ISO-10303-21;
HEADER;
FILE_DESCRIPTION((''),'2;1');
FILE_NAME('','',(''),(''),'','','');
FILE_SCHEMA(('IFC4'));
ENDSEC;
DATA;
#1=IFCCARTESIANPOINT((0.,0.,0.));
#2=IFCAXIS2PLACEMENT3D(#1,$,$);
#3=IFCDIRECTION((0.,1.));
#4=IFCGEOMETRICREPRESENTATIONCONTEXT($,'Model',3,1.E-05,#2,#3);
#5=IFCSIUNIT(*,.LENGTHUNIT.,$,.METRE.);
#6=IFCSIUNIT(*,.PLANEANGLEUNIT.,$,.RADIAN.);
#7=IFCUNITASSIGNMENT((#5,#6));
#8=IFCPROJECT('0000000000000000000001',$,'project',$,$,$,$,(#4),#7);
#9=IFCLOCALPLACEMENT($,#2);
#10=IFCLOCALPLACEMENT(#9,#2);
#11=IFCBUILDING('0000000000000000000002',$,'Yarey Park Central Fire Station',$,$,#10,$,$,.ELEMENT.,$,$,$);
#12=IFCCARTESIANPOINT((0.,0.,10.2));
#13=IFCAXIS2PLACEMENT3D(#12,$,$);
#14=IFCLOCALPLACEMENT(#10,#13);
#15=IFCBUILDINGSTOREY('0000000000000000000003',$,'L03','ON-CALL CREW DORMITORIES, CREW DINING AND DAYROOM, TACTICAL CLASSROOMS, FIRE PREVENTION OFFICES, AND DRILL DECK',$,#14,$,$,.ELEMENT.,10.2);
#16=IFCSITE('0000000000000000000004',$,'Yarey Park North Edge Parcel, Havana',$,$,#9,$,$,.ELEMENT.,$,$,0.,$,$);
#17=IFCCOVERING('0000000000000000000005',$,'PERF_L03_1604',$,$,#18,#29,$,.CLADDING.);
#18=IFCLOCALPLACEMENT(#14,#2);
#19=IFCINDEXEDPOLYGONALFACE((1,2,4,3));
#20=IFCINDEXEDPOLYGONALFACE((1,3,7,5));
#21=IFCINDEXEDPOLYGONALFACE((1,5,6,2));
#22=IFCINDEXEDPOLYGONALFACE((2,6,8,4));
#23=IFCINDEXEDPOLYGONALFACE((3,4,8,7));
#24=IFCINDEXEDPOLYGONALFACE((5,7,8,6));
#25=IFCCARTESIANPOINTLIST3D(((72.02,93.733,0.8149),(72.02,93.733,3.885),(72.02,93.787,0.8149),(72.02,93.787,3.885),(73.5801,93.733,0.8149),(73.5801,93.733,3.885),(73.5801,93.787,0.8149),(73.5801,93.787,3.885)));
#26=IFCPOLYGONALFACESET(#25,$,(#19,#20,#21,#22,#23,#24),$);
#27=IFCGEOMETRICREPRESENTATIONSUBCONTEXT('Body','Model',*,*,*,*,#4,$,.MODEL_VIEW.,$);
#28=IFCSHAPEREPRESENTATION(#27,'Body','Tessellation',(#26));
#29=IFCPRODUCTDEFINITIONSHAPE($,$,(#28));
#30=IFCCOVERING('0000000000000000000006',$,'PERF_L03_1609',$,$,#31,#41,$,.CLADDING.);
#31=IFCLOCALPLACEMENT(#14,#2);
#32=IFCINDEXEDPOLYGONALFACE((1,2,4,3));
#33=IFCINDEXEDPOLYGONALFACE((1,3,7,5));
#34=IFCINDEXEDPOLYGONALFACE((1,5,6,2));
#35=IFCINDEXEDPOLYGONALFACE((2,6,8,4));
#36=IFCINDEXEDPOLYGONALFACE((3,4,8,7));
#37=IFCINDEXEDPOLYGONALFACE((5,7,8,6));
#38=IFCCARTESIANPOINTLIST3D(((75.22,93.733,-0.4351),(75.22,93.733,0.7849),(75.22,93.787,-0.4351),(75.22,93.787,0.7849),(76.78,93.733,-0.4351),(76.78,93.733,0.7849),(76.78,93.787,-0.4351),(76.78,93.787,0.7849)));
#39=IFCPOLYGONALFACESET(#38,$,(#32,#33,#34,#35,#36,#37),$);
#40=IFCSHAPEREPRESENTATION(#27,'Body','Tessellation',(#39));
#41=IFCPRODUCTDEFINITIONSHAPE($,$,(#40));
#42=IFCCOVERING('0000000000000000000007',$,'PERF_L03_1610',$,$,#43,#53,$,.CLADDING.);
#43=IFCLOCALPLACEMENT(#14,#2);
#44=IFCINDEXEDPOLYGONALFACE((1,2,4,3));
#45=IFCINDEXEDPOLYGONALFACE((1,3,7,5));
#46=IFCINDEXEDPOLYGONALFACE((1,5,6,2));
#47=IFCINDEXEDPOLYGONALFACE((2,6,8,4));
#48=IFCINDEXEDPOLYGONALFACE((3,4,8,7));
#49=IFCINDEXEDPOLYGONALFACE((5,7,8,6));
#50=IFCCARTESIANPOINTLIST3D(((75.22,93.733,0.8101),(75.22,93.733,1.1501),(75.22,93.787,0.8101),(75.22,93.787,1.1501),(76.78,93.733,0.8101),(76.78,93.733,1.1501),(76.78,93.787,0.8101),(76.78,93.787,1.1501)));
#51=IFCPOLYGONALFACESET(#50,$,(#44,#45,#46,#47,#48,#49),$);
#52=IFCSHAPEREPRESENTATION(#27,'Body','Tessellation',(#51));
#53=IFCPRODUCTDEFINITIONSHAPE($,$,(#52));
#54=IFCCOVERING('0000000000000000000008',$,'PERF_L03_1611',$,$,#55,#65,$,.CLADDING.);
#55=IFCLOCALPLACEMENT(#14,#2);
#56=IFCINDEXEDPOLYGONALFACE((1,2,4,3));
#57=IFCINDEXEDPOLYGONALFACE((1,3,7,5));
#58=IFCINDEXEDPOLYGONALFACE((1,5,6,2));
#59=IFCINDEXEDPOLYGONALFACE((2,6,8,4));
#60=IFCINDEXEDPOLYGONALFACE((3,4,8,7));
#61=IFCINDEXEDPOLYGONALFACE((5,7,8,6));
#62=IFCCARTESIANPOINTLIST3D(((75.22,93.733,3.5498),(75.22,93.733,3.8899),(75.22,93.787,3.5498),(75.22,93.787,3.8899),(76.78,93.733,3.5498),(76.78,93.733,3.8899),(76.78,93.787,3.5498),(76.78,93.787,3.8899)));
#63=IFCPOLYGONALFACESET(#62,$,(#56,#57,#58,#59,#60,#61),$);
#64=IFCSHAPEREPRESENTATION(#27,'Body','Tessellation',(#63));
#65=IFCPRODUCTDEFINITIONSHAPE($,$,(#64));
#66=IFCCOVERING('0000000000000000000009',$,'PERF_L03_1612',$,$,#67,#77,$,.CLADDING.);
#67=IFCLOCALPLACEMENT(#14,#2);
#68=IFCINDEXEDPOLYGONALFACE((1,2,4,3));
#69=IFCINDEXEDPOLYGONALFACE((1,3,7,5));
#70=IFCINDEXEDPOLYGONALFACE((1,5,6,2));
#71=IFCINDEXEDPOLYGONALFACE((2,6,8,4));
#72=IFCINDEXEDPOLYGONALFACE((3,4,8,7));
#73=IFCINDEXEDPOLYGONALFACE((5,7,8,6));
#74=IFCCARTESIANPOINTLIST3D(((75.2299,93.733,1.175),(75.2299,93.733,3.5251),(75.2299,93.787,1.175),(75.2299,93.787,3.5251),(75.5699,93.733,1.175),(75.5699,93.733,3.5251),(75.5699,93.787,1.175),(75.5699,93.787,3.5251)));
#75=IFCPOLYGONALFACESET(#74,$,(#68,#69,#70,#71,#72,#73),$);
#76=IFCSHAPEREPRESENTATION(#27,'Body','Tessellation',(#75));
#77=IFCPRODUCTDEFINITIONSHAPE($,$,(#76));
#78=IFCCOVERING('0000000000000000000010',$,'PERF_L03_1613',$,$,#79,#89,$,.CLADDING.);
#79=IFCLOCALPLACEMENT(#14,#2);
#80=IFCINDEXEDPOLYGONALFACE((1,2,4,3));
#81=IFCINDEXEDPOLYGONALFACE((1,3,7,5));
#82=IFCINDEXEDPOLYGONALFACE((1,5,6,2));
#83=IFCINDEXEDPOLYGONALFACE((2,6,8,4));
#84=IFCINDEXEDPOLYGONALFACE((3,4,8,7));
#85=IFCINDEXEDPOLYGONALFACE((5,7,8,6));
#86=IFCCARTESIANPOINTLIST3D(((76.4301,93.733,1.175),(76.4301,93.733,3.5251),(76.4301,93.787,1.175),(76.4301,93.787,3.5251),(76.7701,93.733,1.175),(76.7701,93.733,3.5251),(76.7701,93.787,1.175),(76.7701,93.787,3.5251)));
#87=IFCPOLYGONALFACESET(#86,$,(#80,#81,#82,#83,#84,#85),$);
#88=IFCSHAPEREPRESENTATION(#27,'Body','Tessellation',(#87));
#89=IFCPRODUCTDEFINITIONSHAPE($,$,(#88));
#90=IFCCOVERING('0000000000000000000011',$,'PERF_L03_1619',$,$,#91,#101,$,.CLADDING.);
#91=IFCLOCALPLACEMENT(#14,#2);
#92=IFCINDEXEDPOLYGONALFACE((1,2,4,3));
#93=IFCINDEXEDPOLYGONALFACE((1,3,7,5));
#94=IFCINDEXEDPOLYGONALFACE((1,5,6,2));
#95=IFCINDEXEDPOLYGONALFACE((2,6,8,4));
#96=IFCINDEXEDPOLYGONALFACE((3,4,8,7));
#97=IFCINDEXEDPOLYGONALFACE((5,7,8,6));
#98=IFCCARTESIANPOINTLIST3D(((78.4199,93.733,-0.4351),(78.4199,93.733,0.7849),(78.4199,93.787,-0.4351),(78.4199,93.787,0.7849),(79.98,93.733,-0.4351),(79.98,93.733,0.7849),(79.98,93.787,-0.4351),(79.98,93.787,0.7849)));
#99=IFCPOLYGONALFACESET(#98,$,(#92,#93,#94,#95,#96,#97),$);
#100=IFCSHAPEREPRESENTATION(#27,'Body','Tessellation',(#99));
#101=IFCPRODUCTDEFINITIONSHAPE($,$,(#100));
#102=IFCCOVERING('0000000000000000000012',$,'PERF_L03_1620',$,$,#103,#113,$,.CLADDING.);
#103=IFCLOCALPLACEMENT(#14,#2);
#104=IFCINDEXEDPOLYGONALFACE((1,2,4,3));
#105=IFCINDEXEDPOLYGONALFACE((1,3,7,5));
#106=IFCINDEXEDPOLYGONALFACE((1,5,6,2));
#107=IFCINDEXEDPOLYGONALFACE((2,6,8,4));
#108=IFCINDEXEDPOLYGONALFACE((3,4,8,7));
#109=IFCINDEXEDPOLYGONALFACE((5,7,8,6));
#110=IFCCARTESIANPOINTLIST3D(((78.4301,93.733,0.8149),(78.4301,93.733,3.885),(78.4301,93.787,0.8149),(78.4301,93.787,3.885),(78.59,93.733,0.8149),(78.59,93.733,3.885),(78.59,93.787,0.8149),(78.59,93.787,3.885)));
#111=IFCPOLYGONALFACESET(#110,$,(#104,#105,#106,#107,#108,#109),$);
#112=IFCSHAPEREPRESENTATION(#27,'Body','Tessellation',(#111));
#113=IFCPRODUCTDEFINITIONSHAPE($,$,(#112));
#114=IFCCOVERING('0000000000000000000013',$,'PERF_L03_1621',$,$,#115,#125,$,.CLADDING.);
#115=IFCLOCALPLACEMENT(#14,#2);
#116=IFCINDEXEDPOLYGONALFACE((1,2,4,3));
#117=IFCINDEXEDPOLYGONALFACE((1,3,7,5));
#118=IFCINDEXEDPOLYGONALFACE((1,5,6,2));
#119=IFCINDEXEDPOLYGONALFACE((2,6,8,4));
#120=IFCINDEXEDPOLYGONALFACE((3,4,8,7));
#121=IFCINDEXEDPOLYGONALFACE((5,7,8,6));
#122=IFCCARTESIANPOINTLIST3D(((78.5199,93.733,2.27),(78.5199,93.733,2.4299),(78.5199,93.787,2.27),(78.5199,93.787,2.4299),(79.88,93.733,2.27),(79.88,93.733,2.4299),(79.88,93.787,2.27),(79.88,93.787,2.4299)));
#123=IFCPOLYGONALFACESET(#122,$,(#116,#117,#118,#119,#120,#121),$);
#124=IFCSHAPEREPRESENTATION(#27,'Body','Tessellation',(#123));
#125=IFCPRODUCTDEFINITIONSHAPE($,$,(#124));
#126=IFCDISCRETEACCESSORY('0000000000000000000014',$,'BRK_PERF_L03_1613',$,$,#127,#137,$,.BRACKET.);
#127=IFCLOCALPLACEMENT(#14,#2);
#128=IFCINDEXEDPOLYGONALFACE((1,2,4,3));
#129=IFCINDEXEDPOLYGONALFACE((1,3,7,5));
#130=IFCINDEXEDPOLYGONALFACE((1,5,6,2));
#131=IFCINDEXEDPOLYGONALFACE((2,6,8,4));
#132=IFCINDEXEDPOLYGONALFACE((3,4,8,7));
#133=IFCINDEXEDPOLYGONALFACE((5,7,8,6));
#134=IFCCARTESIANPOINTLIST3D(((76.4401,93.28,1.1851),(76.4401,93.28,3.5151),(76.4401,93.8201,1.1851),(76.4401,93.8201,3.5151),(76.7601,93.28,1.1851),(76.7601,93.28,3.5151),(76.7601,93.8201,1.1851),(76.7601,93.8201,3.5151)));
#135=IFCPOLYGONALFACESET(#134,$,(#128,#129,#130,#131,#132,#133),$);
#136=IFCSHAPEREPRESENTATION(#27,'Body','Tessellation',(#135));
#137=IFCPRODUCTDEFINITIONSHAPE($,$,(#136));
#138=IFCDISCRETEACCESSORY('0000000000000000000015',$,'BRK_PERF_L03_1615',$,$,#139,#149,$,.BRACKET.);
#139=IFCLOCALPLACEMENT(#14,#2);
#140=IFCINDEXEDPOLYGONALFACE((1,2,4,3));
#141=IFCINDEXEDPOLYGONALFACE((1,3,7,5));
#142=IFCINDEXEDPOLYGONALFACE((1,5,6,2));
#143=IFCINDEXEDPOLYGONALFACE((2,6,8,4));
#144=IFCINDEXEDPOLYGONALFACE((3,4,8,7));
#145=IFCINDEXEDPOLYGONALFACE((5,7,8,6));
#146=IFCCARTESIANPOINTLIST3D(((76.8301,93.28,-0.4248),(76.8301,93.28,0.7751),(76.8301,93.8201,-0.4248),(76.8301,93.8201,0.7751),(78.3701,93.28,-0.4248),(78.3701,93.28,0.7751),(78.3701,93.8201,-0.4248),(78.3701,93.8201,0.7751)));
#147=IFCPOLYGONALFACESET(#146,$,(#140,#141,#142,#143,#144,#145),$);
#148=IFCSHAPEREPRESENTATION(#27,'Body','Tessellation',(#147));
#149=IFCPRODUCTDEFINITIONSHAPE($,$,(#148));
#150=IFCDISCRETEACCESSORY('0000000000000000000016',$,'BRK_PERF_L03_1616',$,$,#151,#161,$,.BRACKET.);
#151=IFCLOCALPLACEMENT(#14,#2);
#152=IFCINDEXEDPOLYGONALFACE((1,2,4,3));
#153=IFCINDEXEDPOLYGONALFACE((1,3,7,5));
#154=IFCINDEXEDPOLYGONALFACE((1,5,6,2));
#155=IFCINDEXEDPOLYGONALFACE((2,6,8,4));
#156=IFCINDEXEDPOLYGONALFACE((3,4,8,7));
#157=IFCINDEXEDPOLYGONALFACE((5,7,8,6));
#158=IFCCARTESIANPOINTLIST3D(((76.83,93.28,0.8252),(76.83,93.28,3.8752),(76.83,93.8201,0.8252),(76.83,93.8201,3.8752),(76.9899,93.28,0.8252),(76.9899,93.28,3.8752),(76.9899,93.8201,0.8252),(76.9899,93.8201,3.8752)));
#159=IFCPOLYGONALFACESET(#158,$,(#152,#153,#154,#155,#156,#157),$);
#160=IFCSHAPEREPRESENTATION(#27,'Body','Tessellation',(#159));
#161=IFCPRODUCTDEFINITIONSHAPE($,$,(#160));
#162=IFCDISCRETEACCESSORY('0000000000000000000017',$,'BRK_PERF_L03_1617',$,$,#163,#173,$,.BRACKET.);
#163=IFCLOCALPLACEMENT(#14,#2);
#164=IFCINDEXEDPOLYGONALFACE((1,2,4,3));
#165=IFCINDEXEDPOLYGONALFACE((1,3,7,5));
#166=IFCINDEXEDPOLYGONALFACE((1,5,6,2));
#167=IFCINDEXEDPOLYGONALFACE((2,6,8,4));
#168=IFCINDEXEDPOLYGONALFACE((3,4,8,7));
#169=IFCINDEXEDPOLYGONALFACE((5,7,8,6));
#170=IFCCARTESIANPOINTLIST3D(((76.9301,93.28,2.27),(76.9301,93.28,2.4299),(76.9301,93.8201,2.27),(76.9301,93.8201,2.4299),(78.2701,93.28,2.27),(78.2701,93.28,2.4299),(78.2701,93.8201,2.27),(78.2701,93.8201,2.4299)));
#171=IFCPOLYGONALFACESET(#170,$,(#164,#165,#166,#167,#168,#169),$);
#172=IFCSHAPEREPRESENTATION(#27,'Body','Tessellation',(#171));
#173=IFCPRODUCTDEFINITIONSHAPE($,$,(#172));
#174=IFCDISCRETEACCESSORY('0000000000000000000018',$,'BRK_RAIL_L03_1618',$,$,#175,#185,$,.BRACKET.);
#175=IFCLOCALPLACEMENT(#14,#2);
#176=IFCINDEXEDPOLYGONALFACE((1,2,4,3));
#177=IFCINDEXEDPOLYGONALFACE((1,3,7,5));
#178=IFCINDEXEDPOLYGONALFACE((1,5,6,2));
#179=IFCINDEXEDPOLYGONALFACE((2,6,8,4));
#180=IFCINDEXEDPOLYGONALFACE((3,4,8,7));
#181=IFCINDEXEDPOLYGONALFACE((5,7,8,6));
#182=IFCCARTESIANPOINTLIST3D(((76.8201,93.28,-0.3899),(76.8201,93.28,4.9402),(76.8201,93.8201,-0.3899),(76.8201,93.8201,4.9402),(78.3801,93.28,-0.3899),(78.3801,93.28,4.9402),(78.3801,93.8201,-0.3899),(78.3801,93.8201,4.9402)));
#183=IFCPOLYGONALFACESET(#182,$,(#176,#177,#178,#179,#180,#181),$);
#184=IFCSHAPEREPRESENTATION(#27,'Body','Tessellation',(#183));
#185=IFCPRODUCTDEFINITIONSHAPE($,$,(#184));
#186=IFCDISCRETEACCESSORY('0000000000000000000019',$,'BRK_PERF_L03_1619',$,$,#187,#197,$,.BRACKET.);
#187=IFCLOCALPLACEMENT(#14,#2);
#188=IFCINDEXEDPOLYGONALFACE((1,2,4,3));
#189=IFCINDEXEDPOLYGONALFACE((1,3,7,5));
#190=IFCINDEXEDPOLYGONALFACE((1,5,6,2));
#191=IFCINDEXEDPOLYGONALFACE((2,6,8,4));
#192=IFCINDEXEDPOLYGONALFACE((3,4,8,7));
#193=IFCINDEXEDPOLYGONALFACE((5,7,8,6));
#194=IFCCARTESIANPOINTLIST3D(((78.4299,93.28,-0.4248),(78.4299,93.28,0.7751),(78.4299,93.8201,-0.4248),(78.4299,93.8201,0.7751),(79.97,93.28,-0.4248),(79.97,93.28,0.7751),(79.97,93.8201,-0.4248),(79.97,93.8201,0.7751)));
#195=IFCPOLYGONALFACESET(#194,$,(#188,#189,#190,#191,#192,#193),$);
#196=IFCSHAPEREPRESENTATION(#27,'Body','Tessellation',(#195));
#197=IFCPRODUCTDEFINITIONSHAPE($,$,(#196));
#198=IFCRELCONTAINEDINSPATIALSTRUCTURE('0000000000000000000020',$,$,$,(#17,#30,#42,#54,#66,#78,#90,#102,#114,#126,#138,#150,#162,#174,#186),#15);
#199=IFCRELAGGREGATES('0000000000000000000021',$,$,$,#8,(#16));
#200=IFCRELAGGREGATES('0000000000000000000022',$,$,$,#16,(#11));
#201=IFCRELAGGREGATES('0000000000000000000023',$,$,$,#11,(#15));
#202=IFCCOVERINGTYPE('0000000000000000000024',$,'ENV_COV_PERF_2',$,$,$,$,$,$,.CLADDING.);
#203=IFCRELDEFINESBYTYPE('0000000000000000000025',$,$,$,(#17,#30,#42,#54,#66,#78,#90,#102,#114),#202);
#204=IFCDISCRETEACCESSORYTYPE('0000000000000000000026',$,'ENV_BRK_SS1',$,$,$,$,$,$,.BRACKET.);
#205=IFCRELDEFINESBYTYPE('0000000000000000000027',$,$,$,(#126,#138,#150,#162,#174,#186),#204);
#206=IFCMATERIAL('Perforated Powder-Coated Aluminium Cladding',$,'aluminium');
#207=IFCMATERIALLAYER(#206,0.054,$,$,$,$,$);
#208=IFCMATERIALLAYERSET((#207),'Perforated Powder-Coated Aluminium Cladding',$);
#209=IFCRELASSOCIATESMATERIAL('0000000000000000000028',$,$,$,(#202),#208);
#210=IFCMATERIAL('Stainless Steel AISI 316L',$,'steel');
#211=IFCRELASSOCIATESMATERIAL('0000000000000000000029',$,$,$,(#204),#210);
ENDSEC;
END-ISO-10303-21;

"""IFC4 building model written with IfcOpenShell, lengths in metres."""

from ifc_helpers import new_model, si_unit, direction, frame, origin, origin_2d, place, context, subcontext, project, spatial, rectangle, extrude, material, layer, layer_set, type_object, element, save


model = new_model("IFC4")

# Units and contexts
model_context = context("Model", 3, precision=1e-05, world=origin(), true_north=direction((0.0, 1.0)))
body_context = subcontext(model_context, "Body", "Model", "MODEL_VIEW")
ifc_project = project(units=[si_unit("LENGTHUNIT", "METRE"), si_unit("PLANEANGLEUNIT", "RADIAN")], contexts=[model_context])

# Site, building, storey
site_placement = place(None, origin())
site = spatial("IfcSite", under=ifc_project, at=site_placement, Name="Yarey Park North Edge Parcel, Havana", CompositionType="ELEMENT", RefElevation=0.0)
building_placement = place(site_placement, origin())
building = spatial("IfcBuilding", under=site, at=building_placement, Name="Yarey Park Central Fire Station", CompositionType="ELEMENT")
storey_placement = place(building_placement, frame((0.0, 0.0, 10.2)))
storey = spatial("IfcBuildingStorey", under=building, at=storey_placement, Name="L03", Description="ON-CALL CREW DORMITORIES, CREW DINING AND DAYROOM, TACTICAL CLASSROOMS, FIRE PREVENTION OFFICES, AND DRILL DECK", CompositionType="ELEMENT", Elevation=10.2)

# Coverings
ifc_material_1 = material(Name="Perforated Powder-Coated Aluminium Cladding", Category="aluminium")
ifc_layer_1 = layer(ifc_material_1, 0.054)
ifc_layer_set_1 = layer_set([ifc_layer_1], Name="Perforated Powder-Coated Aluminium Cladding")
covering_type_1 = type_object("IfcCoveringType", Name="ENV_COV_PERF_2", PredefinedType="CLADDING", material=ifc_layer_set_1)
covering_1_placement = place(storey_placement, frame((72.8, 93.76, 0.8149), z_axis=(0.0, 0.0, 1.0), x_axis=(1.0, 0.0, 0.0)))
element("IfcCovering", 1, at=covering_1_placement, inside=storey, type_object=covering_type_1, Name="PERF_L03_1604", PredefinedType="CLADDING", context=body_context, shape_type="SweptSolid", body=[
    extrude(rectangle(XDim=1.5601, YDim=0.054, at=origin_2d()), origin(), (0.0, 0.0, 1.0), 3.0701),
])
covering_2_placement = place(storey_placement, frame((76.0, 93.76, -0.4351), z_axis=(0.0, 0.0, 1.0), x_axis=(1.0, 0.0, 0.0)))
element("IfcCovering", 2, at=covering_2_placement, inside=storey, type_object=covering_type_1, Name="PERF_L03_1609", PredefinedType="CLADDING", context=body_context, shape_type="SweptSolid", body=[
    extrude(rectangle(XDim=1.5601, YDim=0.054, at=origin_2d()), origin(), (0.0, 0.0, 1.0), 1.22),
])
for number, where, z_axis, x_axis, name in (
    (3, (76.0, 93.76, 0.8101), (0.0, 0.0, 1.0), (1.0, 0.0, 0.0), "PERF_L03_1610"),
    (4, (76.0, 93.76, 3.5498), (0.0, 0.0, 1.0), (1.0, 0.0, 0.0), "PERF_L03_1611"),
):
    element("IfcCovering", number, at=place(storey_placement, frame(where, z_axis=z_axis, x_axis=x_axis)), inside=storey, type_object=covering_type_1, Name=name, PredefinedType="CLADDING", context=body_context, shape_type="SweptSolid", body=[
        extrude(rectangle(XDim=1.5601, YDim=0.054, at=origin_2d()), origin(), (0.0, 0.0, 1.0), 0.3401),
    ])
for number, where, z_axis, x_axis, name in (
    (5, (75.3999, 93.76, 1.175), (0.0, 0.0, 1.0), (1.0, 0.0, 0.0), "PERF_L03_1612"),
    (6, (76.6001, 93.76, 1.175), (0.0, 0.0, 1.0), (1.0, 0.0, 0.0), "PERF_L03_1613"),
):
    element("IfcCovering", number, at=place(storey_placement, frame(where, z_axis=z_axis, x_axis=x_axis)), inside=storey, type_object=covering_type_1, Name=name, PredefinedType="CLADDING", context=body_context, shape_type="SweptSolid", body=[
        extrude(rectangle(XDim=0.3401, YDim=0.054, at=origin_2d()), origin(), (0.0, 0.0, 1.0), 2.3501),
    ])
covering_3_placement = place(storey_placement, frame((79.2, 93.76, -0.4351), z_axis=(0.0, 0.0, 1.0), x_axis=(1.0, 0.0, 0.0)))
element("IfcCovering", 7, at=covering_3_placement, inside=storey, type_object=covering_type_1, Name="PERF_L03_1619", PredefinedType="CLADDING", context=body_context, shape_type="SweptSolid", body=[
    extrude(rectangle(XDim=1.5601, YDim=0.054, at=origin_2d()), origin(), (0.0, 0.0, 1.0), 1.22),
])
covering_4_placement = place(storey_placement, frame((78.51, 93.76, 0.8149), z_axis=(0.0, 0.0, 1.0), x_axis=(1.0, 0.0, 0.0)))
element("IfcCovering", 8, at=covering_4_placement, inside=storey, type_object=covering_type_1, Name="PERF_L03_1620", PredefinedType="CLADDING", context=body_context, shape_type="SweptSolid", body=[
    extrude(rectangle(XDim=0.1599, YDim=0.054, at=origin_2d()), origin(), (0.0, 0.0, 1.0), 3.0701),
])
covering_5_placement = place(storey_placement, frame((79.2, 93.76, 2.27), z_axis=(0.0, 0.0, 1.0), x_axis=(1.0, 0.0, 0.0)))
element("IfcCovering", 9, at=covering_5_placement, inside=storey, type_object=covering_type_1, Name="PERF_L03_1621", PredefinedType="CLADDING", context=body_context, shape_type="SweptSolid", body=[
    extrude(rectangle(XDim=1.3601, YDim=0.054, at=origin_2d()), origin(), (0.0, 0.0, 1.0), 0.1599),
])

# Discrete accessories
ifc_material_2 = material(Name="Stainless Steel AISI 316L", Category="steel")
discrete_accessory_type = type_object("IfcDiscreteAccessoryType", Name="ENV_BRK_SS1", PredefinedType="BRACKET", material=ifc_material_2)
discrete_accessory_1_placement = place(storey_placement, frame((76.6001, 93.55, 1.1851), z_axis=(0.0, 0.0, 1.0), x_axis=(1.0, 0.0, 0.0)))
element("IfcDiscreteAccessory", 10, at=discrete_accessory_1_placement, inside=storey, type_object=discrete_accessory_type, Name="BRK_PERF_L03_1613", PredefinedType="BRACKET", context=body_context, shape_type="SweptSolid", body=[
    extrude(rectangle(XDim=0.3201, YDim=0.54, at=origin_2d()), origin(), (0.0, 0.0, 1.0), 2.3301),
])
discrete_accessory_2_placement = place(storey_placement, frame((77.6001, 93.55, -0.4248), z_axis=(0.0, 0.0, 1.0), x_axis=(1.0, 0.0, 0.0)))
element("IfcDiscreteAccessory", 11, at=discrete_accessory_2_placement, inside=storey, type_object=discrete_accessory_type, Name="BRK_PERF_L03_1615", PredefinedType="BRACKET", context=body_context, shape_type="SweptSolid", body=[
    extrude(rectangle(XDim=1.54, YDim=0.54, at=origin_2d()), origin(), (0.0, 0.0, 1.0), 1.2),
])
discrete_accessory_3_placement = place(storey_placement, frame((76.9099, 93.55, 0.8252), z_axis=(0.0, 0.0, 1.0), x_axis=(1.0, 0.0, 0.0)))
element("IfcDiscreteAccessory", 12, at=discrete_accessory_3_placement, inside=storey, type_object=discrete_accessory_type, Name="BRK_PERF_L03_1616", PredefinedType="BRACKET", context=body_context, shape_type="SweptSolid", body=[
    extrude(rectangle(XDim=0.1599, YDim=0.54, at=origin_2d()), origin(), (0.0, 0.0, 1.0), 3.05),
])
discrete_accessory_4_placement = place(storey_placement, frame((77.6001, 93.55, 2.27), z_axis=(0.0, 0.0, 1.0), x_axis=(1.0, 0.0, 0.0)))
element("IfcDiscreteAccessory", 13, at=discrete_accessory_4_placement, inside=storey, type_object=discrete_accessory_type, Name="BRK_PERF_L03_1617", PredefinedType="BRACKET", context=body_context, shape_type="SweptSolid", body=[
    extrude(rectangle(XDim=1.3401, YDim=0.54, at=origin_2d()), origin(), (0.0, 0.0, 1.0), 0.1599),
])
discrete_accessory_5_placement = place(storey_placement, frame((77.6001, 93.55, -0.3899), z_axis=(0.0, 0.0, 1.0), x_axis=(1.0, 0.0, 0.0)))
element("IfcDiscreteAccessory", 14, at=discrete_accessory_5_placement, inside=storey, type_object=discrete_accessory_type, Name="BRK_RAIL_L03_1618", PredefinedType="BRACKET", context=body_context, shape_type="SweptSolid", body=[
    extrude(rectangle(XDim=1.5601, YDim=0.54, at=origin_2d()), origin(), (0.0, 0.0, 1.0), 5.3301),
])
discrete_accessory_6_placement = place(storey_placement, frame((79.2, 93.55, -0.4248), z_axis=(0.0, 0.0, 1.0), x_axis=(1.0, 0.0, 0.0)))
element("IfcDiscreteAccessory", 15, at=discrete_accessory_6_placement, inside=storey, type_object=discrete_accessory_type, Name="BRK_PERF_L03_1619", PredefinedType="BRACKET", context=body_context, shape_type="SweptSolid", body=[
    extrude(rectangle(XDim=1.54, YDim=0.54, at=origin_2d()), origin(), (0.0, 0.0, 1.0), 1.2),
])

save(model, "model.ifc")
